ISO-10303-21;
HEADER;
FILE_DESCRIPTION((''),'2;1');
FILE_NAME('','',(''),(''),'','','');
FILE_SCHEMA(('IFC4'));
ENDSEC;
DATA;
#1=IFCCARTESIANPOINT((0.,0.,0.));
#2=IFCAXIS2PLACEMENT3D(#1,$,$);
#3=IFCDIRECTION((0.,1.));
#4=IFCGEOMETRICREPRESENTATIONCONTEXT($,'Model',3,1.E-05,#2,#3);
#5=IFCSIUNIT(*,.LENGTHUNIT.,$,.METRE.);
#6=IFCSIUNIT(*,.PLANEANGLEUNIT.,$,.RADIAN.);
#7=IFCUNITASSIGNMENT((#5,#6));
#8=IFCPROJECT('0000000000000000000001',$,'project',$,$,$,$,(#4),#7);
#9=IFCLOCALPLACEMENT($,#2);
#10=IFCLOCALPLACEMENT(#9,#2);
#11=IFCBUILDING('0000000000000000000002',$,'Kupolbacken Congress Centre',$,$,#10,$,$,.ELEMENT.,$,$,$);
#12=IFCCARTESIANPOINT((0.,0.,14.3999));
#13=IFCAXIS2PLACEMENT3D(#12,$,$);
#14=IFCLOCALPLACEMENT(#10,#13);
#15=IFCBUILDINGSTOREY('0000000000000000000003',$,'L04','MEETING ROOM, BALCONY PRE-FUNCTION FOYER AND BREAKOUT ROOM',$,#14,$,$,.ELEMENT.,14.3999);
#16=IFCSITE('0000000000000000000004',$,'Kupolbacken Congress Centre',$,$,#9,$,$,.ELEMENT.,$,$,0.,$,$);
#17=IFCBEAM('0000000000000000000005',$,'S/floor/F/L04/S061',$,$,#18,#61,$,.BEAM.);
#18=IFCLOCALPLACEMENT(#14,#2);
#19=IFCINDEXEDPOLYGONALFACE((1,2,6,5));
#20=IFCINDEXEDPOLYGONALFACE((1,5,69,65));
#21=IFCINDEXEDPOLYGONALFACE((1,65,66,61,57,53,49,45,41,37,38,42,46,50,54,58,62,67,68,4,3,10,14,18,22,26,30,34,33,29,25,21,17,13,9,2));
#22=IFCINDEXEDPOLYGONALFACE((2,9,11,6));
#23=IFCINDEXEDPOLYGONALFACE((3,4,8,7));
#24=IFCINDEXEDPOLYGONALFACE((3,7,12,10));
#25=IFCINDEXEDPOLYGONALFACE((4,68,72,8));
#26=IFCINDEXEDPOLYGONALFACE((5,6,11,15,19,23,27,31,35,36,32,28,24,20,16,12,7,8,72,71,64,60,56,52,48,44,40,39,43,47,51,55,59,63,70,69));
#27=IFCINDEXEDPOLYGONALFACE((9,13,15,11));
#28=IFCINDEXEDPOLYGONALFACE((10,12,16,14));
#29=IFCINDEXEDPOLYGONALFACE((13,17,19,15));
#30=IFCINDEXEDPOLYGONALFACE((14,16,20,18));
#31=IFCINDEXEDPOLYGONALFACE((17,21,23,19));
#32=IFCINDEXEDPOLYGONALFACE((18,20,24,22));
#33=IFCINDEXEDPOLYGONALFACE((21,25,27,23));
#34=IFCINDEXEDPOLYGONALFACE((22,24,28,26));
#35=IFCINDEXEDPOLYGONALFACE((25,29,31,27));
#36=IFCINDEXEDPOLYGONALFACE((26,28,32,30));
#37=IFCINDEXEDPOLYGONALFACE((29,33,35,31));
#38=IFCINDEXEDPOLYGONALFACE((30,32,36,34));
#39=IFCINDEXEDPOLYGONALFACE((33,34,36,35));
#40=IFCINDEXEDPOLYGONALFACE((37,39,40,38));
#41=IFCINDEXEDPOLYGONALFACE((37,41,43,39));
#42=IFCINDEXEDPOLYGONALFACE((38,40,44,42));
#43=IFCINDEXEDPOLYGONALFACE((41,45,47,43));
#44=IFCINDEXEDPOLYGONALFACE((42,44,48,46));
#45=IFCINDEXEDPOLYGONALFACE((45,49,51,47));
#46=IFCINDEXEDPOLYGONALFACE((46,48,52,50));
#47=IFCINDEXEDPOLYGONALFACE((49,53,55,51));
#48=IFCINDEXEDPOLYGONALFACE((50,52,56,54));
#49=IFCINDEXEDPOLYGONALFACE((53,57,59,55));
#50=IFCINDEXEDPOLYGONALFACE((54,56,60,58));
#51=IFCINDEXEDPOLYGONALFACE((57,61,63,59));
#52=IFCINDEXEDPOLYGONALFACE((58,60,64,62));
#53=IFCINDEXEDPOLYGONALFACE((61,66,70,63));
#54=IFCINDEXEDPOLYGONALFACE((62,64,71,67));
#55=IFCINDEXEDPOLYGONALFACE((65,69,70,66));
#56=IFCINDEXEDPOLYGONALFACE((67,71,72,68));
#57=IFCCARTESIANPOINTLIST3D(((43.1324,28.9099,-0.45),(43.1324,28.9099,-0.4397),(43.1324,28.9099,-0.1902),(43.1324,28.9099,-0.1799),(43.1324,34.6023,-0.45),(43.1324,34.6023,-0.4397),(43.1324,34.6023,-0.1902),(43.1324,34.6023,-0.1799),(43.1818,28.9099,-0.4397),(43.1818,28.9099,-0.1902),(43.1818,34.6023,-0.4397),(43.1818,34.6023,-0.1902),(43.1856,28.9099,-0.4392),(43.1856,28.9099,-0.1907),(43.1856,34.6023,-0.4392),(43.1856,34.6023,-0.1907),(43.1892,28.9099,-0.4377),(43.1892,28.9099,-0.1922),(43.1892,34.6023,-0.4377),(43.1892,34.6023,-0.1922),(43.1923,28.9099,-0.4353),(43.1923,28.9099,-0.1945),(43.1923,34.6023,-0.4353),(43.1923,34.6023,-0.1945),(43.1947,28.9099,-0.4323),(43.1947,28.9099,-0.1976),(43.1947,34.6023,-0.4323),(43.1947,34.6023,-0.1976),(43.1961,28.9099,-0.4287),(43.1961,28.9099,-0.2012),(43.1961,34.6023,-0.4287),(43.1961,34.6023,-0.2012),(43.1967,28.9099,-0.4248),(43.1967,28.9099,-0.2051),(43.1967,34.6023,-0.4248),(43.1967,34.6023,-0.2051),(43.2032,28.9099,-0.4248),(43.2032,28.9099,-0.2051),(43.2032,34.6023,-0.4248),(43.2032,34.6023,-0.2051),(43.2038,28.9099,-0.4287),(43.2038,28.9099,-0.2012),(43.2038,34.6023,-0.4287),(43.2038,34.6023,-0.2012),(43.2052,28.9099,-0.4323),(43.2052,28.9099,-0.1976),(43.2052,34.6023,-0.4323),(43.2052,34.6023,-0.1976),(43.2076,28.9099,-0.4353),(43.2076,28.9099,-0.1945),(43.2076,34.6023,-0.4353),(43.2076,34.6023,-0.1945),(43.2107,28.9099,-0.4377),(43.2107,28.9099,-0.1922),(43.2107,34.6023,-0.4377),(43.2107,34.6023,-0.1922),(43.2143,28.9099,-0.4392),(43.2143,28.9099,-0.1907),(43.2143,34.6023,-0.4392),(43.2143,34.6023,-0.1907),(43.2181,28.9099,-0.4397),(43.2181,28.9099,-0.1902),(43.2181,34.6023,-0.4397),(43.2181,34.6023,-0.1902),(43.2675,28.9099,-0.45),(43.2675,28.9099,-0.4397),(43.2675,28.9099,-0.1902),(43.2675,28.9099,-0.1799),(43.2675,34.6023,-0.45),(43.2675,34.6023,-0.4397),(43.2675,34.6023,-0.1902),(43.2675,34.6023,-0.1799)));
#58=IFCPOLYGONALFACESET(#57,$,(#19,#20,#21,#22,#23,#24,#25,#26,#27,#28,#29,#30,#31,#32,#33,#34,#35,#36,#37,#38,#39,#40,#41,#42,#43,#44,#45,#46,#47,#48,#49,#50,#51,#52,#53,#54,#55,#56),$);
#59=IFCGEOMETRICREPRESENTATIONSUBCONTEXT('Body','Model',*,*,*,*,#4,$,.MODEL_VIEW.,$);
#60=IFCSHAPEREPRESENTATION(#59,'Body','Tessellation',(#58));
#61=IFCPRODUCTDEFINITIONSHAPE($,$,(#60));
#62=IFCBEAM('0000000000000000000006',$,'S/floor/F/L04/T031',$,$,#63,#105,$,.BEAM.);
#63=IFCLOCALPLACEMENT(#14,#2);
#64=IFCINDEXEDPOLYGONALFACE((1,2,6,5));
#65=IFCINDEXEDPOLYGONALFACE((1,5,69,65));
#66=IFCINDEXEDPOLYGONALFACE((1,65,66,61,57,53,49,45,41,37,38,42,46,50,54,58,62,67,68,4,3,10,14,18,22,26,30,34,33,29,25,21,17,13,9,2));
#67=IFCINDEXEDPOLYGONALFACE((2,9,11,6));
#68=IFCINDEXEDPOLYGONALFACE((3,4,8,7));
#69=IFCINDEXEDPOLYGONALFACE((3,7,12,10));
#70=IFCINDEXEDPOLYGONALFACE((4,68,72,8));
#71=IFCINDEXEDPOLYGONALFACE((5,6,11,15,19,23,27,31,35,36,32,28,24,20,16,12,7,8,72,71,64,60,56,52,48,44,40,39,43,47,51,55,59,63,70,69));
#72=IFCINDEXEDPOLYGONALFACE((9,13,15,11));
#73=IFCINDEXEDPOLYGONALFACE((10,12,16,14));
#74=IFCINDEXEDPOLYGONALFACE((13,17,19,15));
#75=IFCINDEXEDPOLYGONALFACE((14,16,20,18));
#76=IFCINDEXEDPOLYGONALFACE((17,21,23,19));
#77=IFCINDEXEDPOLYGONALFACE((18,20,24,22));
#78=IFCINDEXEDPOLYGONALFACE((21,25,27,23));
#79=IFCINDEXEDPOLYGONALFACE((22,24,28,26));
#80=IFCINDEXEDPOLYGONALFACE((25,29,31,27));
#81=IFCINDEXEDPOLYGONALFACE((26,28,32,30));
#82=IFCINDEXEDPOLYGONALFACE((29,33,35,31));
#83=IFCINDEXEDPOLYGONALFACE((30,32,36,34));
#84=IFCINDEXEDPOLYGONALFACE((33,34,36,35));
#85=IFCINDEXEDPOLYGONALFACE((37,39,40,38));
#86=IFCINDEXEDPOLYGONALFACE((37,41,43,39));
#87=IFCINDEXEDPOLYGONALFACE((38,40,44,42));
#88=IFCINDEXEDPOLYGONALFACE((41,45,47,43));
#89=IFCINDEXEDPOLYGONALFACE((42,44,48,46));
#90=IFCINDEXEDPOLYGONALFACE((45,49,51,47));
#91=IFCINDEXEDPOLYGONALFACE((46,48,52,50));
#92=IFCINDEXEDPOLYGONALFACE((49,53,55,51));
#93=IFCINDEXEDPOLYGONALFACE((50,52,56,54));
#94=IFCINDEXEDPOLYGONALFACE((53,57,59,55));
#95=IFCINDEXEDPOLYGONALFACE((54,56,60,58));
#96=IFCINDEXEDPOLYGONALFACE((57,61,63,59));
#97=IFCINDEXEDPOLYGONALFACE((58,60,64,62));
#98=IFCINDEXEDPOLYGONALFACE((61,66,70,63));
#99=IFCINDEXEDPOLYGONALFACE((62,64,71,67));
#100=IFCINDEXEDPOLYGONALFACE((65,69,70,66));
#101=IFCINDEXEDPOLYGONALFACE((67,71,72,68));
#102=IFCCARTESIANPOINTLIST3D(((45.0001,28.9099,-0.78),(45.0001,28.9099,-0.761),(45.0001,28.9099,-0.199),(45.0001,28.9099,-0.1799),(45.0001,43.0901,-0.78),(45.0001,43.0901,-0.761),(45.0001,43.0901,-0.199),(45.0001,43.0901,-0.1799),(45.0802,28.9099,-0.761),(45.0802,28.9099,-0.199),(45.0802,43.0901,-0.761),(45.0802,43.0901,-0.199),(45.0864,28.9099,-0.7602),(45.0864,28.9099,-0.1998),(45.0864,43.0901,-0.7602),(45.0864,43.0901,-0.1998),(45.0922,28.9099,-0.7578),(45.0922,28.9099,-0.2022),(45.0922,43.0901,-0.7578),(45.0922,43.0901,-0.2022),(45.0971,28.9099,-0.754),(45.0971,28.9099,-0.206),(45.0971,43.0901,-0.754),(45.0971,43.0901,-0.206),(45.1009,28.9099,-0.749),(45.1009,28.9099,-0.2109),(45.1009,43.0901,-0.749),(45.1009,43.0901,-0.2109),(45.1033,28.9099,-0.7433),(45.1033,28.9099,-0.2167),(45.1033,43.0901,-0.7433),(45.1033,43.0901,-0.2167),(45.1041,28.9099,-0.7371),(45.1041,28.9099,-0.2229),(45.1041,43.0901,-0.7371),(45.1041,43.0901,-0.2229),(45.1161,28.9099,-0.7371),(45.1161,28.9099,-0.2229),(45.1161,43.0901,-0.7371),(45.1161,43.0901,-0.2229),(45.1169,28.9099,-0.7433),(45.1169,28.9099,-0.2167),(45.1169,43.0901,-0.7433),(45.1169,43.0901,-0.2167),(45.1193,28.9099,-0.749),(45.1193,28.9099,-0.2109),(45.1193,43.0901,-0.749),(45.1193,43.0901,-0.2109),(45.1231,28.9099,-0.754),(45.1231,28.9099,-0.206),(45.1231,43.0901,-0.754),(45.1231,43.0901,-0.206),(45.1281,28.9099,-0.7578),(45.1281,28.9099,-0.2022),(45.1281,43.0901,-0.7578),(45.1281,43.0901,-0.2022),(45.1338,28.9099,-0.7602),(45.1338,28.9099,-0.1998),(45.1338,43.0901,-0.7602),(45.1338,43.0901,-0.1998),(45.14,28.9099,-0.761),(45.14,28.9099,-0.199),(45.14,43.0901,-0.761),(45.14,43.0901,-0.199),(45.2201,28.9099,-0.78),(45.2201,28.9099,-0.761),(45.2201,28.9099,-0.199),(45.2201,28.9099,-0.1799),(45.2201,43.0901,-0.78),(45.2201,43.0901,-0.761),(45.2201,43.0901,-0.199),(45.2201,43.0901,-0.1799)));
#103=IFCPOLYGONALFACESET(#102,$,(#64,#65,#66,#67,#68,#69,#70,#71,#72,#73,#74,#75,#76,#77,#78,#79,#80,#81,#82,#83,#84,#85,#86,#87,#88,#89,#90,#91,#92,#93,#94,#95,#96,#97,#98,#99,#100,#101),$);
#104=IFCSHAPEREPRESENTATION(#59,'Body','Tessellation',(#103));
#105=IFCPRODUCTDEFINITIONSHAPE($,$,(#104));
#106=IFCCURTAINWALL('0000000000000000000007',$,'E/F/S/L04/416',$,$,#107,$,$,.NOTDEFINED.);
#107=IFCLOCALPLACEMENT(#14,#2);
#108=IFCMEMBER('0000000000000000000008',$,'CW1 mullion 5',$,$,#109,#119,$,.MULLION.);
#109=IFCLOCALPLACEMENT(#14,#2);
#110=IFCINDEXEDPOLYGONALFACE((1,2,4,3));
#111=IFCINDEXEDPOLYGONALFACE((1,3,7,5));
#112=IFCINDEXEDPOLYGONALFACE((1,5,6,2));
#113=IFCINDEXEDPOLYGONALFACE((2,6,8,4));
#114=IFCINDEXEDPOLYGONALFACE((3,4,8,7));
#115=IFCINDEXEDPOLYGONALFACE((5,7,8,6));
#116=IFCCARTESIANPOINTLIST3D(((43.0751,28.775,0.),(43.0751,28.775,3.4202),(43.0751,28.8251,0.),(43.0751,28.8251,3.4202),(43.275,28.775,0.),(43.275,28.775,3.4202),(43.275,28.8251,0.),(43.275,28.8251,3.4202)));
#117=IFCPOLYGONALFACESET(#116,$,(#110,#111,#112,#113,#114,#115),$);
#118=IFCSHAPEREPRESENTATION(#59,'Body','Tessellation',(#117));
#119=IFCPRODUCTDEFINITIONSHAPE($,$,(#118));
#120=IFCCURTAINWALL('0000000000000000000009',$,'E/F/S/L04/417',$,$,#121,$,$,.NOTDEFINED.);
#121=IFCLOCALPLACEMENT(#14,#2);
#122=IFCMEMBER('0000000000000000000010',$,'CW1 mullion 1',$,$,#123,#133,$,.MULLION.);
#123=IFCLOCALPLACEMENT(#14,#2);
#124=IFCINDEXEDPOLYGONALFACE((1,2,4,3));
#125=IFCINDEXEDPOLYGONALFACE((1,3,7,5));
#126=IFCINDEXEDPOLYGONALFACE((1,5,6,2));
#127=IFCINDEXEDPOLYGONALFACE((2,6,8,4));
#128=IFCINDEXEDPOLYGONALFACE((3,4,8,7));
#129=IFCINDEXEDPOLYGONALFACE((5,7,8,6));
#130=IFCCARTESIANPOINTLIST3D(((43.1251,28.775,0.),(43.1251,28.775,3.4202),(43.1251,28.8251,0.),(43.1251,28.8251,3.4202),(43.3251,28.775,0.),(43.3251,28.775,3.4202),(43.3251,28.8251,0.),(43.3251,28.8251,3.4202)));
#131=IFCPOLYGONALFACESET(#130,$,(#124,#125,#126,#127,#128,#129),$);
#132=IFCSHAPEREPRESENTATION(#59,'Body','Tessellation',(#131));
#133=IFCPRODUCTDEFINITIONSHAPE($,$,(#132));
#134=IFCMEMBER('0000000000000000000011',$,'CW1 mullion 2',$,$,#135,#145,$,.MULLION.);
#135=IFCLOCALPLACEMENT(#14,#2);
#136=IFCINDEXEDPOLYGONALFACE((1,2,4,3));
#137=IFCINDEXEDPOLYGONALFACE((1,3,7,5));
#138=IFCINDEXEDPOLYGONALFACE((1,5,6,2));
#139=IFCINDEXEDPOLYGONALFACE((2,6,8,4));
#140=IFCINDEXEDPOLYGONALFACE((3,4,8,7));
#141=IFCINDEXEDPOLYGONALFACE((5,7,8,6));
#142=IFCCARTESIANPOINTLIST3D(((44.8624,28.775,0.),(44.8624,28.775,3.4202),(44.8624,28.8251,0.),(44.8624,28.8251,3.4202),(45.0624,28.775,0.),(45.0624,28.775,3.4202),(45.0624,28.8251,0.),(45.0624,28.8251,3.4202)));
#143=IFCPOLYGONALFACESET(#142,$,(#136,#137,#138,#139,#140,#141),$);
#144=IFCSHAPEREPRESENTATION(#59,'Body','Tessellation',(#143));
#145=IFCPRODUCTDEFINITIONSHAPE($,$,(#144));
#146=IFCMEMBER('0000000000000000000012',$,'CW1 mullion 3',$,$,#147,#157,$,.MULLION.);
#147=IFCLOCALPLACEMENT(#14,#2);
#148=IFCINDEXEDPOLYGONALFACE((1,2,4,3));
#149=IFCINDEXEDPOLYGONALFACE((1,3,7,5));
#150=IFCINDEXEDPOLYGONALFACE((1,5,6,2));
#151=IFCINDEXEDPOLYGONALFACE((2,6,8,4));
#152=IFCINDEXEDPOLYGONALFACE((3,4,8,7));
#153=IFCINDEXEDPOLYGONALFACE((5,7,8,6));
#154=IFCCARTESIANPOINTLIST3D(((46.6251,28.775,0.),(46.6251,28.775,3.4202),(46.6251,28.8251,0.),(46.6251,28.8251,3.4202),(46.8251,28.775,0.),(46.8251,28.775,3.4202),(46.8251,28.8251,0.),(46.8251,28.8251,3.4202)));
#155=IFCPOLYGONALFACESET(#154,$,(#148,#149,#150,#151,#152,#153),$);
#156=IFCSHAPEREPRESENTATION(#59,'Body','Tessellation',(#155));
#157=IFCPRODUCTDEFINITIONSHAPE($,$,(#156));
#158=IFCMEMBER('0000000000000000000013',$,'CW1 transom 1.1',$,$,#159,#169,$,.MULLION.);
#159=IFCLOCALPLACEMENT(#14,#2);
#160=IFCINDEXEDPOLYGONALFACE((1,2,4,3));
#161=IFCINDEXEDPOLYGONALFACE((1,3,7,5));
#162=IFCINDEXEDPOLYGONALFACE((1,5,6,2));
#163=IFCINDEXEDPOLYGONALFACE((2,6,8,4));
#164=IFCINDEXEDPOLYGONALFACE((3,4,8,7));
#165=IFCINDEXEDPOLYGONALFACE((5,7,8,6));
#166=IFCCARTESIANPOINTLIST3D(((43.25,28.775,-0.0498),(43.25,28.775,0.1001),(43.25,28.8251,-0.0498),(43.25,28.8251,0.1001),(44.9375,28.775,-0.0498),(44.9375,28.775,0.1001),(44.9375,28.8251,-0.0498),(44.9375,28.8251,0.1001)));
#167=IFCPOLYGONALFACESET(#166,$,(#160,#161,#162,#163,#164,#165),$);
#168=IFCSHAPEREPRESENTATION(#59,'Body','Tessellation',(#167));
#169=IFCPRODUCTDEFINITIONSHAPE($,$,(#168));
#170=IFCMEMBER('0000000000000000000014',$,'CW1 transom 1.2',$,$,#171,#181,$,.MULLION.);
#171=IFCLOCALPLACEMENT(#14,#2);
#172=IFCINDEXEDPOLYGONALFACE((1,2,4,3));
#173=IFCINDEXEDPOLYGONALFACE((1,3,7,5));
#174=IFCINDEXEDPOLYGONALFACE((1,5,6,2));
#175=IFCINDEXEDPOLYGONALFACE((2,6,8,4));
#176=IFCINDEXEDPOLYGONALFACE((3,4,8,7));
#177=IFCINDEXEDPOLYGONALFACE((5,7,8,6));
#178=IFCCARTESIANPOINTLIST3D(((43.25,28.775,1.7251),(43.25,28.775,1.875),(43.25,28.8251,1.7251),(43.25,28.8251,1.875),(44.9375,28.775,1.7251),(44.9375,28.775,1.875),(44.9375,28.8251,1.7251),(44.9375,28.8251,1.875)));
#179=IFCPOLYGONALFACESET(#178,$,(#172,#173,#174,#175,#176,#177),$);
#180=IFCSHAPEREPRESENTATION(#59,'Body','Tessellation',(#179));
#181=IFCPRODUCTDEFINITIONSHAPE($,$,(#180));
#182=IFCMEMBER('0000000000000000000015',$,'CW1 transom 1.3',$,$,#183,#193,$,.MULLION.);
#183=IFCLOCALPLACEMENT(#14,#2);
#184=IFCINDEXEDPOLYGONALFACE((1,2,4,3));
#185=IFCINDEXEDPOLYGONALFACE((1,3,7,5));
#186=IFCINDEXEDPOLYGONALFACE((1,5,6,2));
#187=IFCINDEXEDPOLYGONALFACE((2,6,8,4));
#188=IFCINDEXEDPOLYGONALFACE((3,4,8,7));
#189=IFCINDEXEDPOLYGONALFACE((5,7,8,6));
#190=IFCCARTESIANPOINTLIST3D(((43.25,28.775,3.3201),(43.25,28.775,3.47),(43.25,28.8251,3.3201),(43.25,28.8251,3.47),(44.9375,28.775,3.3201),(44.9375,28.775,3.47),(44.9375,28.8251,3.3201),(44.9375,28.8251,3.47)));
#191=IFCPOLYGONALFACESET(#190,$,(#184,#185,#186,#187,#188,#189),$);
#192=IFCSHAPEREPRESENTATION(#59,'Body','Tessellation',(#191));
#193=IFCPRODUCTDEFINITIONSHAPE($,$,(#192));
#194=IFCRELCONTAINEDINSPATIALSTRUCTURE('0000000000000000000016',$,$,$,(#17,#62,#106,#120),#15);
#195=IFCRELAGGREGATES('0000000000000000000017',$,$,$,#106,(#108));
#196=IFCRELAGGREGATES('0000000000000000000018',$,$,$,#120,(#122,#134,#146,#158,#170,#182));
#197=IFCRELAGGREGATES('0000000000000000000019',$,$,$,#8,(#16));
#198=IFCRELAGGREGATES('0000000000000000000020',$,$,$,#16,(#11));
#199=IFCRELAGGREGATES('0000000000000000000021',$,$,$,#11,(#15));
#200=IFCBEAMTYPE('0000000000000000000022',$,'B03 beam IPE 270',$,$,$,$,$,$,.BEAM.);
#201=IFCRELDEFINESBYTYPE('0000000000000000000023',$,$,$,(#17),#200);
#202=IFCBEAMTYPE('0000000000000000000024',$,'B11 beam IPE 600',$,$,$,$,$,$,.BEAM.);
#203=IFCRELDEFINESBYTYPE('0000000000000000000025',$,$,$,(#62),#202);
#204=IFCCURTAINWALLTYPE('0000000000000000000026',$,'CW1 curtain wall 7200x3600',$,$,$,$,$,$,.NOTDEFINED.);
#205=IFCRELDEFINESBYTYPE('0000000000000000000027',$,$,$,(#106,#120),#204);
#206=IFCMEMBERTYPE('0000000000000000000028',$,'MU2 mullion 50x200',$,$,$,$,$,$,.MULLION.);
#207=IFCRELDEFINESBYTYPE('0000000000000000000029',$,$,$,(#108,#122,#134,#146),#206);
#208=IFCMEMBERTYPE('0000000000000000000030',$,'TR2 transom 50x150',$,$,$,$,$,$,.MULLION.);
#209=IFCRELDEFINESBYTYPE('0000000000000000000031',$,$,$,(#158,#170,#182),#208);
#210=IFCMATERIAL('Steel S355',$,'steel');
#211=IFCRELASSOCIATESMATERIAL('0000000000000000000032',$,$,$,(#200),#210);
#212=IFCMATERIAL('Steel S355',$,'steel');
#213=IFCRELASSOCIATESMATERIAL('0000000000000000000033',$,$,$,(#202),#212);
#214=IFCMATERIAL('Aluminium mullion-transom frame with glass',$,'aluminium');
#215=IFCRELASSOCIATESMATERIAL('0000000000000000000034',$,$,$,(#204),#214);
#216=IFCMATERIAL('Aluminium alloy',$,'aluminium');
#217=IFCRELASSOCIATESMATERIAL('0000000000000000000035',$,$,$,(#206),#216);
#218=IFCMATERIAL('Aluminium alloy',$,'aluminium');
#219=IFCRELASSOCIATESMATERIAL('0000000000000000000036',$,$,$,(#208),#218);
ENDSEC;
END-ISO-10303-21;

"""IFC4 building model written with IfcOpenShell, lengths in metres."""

from ifc_helpers import new_model, si_unit, direction, frame, origin, origin_2d, place, context, subcontext, project, spatial, rectangle, i_section, extrude, material, material_profile, profile_set, type_object, element, aggregate, save


model = new_model("IFC4")

# Units and contexts
model_context = context("Model", 3, precision=1e-05, world=origin(), true_north=direction((0.0, 1.0)))
body_context = subcontext(model_context, "Body", "Model", "MODEL_VIEW")
ifc_project = project(units=[si_unit("LENGTHUNIT", "METRE"), si_unit("PLANEANGLEUNIT", "RADIAN")], contexts=[model_context])

# Site, building, storey
site_placement = place(None, origin())
site = spatial("IfcSite", under=ifc_project, at=site_placement, Name="Kupolbacken Congress Centre", CompositionType="ELEMENT", RefElevation=0.0)
building_placement = place(site_placement, origin())
building = spatial("IfcBuilding", under=site, at=building_placement, Name="Kupolbacken Congress Centre", CompositionType="ELEMENT")
storey_placement = place(building_placement, frame((0.0, 0.0, 14.3999)))
storey = spatial("IfcBuildingStorey", under=building, at=storey_placement, Name="L04", Description="MEETING ROOM, BALCONY PRE-FUNCTION FOYER AND BREAKOUT ROOM", CompositionType="ELEMENT", Elevation=14.3999)

# Beams
ifc_material_1 = material(Name="Steel S355", Category="steel")
ifc_material_profile_1 = material_profile(ifc_material_1, i_section(OverallWidth=0.135, OverallDepth=0.27, WebThickness=0.0066, FlangeThickness=0.0103, FilletRadius=0.0149, at=origin_2d()), Name="IPE 270")
ifc_profile_set_1 = profile_set([ifc_material_profile_1], Name="Steel S355")
beam_type_1 = type_object("IfcBeamType", Name="B03 beam IPE 270", PredefinedType="BEAM", material=ifc_profile_set_1)
beam_1_placement = place(storey_placement, frame((43.2, 28.9099, -0.3149), z_axis=(0.0, 1.0, 0.0), x_axis=(-1.0, 0.0, 0.0)))
element("IfcBeam", 1, at=beam_1_placement, inside=storey, type_object=beam_type_1, Name="S/floor/F/L04/S061", PredefinedType="BEAM", context=body_context, shape_type="SweptSolid", body=[
    extrude(i_section(OverallWidth=0.135, OverallDepth=0.27, WebThickness=0.0066, FlangeThickness=0.0103, FilletRadius=0.0149, at=origin_2d()), origin(), (0.0, 0.0, 1.0), 5.6924),
])
ifc_material_2 = material(Name="Steel S355", Category="steel")
ifc_material_profile_2 = material_profile(ifc_material_2, i_section(OverallWidth=0.22, OverallDepth=0.6001, WebThickness=0.012, FlangeThickness=0.019, FilletRadius=0.0239, at=origin_2d()), Name="IPE 600")
ifc_profile_set_2 = profile_set([ifc_material_profile_2], Name="Steel S355")
beam_type_2 = type_object("IfcBeamType", Name="B11 beam IPE 600", PredefinedType="BEAM", material=ifc_profile_set_2)
beam_2_placement = place(storey_placement, frame((45.1101, 28.9099, -0.48), z_axis=(0.0, 1.0, 0.0), x_axis=(-1.0, 0.0, 0.0)))
element("IfcBeam", 2, at=beam_2_placement, inside=storey, type_object=beam_type_2, Name="S/floor/F/L04/T031", PredefinedType="BEAM", context=body_context, shape_type="SweptSolid", body=[
    extrude(i_section(OverallWidth=0.22, OverallDepth=0.6001, WebThickness=0.012, FlangeThickness=0.019, FilletRadius=0.0239, at=origin_2d()), origin(), (0.0, 0.0, 1.0), 14.1802),
])

# Curtain wall, member
ifc_material_3 = material(Name="Aluminium mullion-transom frame with glass", Category="aluminium")
curtain_wall_type = type_object("IfcCurtainWallType", Name="CW1 curtain wall 7200x3600", PredefinedType="NOTDEFINED", material=ifc_material_3)
curtain_wall_1_placement = place(storey_placement, origin())
curtain_wall_1 = element("IfcCurtainWall", 3, at=curtain_wall_1_placement, inside=storey, type_object=curtain_wall_type, Name="E/F/S/L04/416", PredefinedType="NOTDEFINED")
ifc_material_4 = material(Name="Aluminium alloy", Category="aluminium")
ifc_material_profile_3 = material_profile(ifc_material_4, rectangle(XDim=0.05, YDim=0.2, at=origin_2d()), Name="50 x 200")
ifc_profile_set_3 = profile_set([ifc_material_profile_3], Name="Aluminium alloy")
member_type_1 = type_object("IfcMemberType", Name="MU2 mullion 50x200", PredefinedType="MULLION", material=ifc_profile_set_3)
member_1_placement = place(storey_placement, frame((43.175, 28.8, 0.0), z_axis=(0.0, 0.0, 1.0), x_axis=(0.0, 1.0, 0.0)))
member_1 = element("IfcMember", 4, at=member_1_placement, type_object=member_type_1, Name="CW1 mullion 5", PredefinedType="MULLION", context=body_context, shape_type="SweptSolid", body=[
    extrude(rectangle(XDim=0.05, YDim=0.2, at=origin_2d()), origin(), (0.0, 0.0, 1.0), 3.4202),
])

# Curtain wall, members
curtain_wall_2_placement = place(storey_placement, origin())
curtain_wall_2 = element("IfcCurtainWall", 5, at=curtain_wall_2_placement, inside=storey, type_object=curtain_wall_type, Name="E/F/S/L04/417", PredefinedType="NOTDEFINED")
member_2_placement = place(storey_placement, frame((43.2251, 28.8, 0.0), z_axis=(0.0, 0.0, 1.0), x_axis=(0.0, 1.0, 0.0)))
member_2 = element("IfcMember", 6, at=member_2_placement, type_object=member_type_1, Name="CW1 mullion 1", PredefinedType="MULLION", context=body_context, shape_type="SweptSolid", body=[
    extrude(rectangle(XDim=0.05, YDim=0.2, at=origin_2d()), origin(), (0.0, 0.0, 1.0), 3.4202),
])
member_3_placement = place(storey_placement, frame((44.9624, 28.8, 0.0), z_axis=(0.0, 0.0, 1.0), x_axis=(0.0, 1.0, 0.0)))
member_3 = element("IfcMember", 7, at=member_3_placement, type_object=member_type_1, Name="CW1 mullion 2", PredefinedType="MULLION", context=body_context, shape_type="SweptSolid", body=[
    extrude(rectangle(XDim=0.05, YDim=0.2, at=origin_2d()), origin(), (0.0, 0.0, 1.0), 3.4202),
])
member_4_placement = place(storey_placement, frame((46.7251, 28.8, 0.0), z_axis=(0.0, 0.0, 1.0), x_axis=(0.0, 1.0, 0.0)))
member_4 = element("IfcMember", 8, at=member_4_placement, type_object=member_type_1, Name="CW1 mullion 3", PredefinedType="MULLION", context=body_context, shape_type="SweptSolid", body=[
    extrude(rectangle(XDim=0.05, YDim=0.2, at=origin_2d()), origin(), (0.0, 0.0, 1.0), 3.4202),
])
ifc_material_5 = material(Name="Aluminium alloy", Category="aluminium")
ifc_material_profile_4 = material_profile(ifc_material_5, rectangle(XDim=0.05, YDim=0.1499, at=origin_2d()), Name="50 x 150")
ifc_profile_set_4 = profile_set([ifc_material_profile_4], Name="Aluminium alloy")
member_type_2 = type_object("IfcMemberType", Name="TR2 transom 50x150", PredefinedType="MULLION", material=ifc_profile_set_4)
member_5_placement = place(storey_placement, frame((43.25, 28.8, 0.0251), z_axis=(1.0, 0.0, 0.0), x_axis=(0.0, 1.0, 0.0)))
member_5 = element("IfcMember", 9, at=member_5_placement, type_object=member_type_2, Name="CW1 transom 1.1", PredefinedType="MULLION", context=body_context, shape_type="SweptSolid", body=[
    extrude(rectangle(XDim=0.05, YDim=0.1499, at=origin_2d()), origin(), (0.0, 0.0, 1.0), 1.6875),
])
member_6_placement = place(storey_placement, frame((43.25, 28.8, 1.8), z_axis=(1.0, 0.0, 0.0), x_axis=(0.0, 1.0, 0.0)))
member_6 = element("IfcMember", 10, at=member_6_placement, type_object=member_type_2, Name="CW1 transom 1.2", PredefinedType="MULLION", context=body_context, shape_type="SweptSolid", body=[
    extrude(rectangle(XDim=0.05, YDim=0.1499, at=origin_2d()), origin(), (0.0, 0.0, 1.0), 1.6875),
])
member_7_placement = place(storey_placement, frame((43.25, 28.8, 3.395), z_axis=(1.0, 0.0, 0.0), x_axis=(0.0, 1.0, 0.0)))
member_7 = element("IfcMember", 11, at=member_7_placement, type_object=member_type_2, Name="CW1 transom 1.3", PredefinedType="MULLION", context=body_context, shape_type="SweptSolid", body=[
    extrude(rectangle(XDim=0.05, YDim=0.1499, at=origin_2d()), origin(), (0.0, 0.0, 1.0), 1.6875),
])

aggregate(curtain_wall_1, [member_1])
aggregate(curtain_wall_2, [member_2, member_3, member_4, member_5, member_6, member_7])

save(model, "model.ifc")
